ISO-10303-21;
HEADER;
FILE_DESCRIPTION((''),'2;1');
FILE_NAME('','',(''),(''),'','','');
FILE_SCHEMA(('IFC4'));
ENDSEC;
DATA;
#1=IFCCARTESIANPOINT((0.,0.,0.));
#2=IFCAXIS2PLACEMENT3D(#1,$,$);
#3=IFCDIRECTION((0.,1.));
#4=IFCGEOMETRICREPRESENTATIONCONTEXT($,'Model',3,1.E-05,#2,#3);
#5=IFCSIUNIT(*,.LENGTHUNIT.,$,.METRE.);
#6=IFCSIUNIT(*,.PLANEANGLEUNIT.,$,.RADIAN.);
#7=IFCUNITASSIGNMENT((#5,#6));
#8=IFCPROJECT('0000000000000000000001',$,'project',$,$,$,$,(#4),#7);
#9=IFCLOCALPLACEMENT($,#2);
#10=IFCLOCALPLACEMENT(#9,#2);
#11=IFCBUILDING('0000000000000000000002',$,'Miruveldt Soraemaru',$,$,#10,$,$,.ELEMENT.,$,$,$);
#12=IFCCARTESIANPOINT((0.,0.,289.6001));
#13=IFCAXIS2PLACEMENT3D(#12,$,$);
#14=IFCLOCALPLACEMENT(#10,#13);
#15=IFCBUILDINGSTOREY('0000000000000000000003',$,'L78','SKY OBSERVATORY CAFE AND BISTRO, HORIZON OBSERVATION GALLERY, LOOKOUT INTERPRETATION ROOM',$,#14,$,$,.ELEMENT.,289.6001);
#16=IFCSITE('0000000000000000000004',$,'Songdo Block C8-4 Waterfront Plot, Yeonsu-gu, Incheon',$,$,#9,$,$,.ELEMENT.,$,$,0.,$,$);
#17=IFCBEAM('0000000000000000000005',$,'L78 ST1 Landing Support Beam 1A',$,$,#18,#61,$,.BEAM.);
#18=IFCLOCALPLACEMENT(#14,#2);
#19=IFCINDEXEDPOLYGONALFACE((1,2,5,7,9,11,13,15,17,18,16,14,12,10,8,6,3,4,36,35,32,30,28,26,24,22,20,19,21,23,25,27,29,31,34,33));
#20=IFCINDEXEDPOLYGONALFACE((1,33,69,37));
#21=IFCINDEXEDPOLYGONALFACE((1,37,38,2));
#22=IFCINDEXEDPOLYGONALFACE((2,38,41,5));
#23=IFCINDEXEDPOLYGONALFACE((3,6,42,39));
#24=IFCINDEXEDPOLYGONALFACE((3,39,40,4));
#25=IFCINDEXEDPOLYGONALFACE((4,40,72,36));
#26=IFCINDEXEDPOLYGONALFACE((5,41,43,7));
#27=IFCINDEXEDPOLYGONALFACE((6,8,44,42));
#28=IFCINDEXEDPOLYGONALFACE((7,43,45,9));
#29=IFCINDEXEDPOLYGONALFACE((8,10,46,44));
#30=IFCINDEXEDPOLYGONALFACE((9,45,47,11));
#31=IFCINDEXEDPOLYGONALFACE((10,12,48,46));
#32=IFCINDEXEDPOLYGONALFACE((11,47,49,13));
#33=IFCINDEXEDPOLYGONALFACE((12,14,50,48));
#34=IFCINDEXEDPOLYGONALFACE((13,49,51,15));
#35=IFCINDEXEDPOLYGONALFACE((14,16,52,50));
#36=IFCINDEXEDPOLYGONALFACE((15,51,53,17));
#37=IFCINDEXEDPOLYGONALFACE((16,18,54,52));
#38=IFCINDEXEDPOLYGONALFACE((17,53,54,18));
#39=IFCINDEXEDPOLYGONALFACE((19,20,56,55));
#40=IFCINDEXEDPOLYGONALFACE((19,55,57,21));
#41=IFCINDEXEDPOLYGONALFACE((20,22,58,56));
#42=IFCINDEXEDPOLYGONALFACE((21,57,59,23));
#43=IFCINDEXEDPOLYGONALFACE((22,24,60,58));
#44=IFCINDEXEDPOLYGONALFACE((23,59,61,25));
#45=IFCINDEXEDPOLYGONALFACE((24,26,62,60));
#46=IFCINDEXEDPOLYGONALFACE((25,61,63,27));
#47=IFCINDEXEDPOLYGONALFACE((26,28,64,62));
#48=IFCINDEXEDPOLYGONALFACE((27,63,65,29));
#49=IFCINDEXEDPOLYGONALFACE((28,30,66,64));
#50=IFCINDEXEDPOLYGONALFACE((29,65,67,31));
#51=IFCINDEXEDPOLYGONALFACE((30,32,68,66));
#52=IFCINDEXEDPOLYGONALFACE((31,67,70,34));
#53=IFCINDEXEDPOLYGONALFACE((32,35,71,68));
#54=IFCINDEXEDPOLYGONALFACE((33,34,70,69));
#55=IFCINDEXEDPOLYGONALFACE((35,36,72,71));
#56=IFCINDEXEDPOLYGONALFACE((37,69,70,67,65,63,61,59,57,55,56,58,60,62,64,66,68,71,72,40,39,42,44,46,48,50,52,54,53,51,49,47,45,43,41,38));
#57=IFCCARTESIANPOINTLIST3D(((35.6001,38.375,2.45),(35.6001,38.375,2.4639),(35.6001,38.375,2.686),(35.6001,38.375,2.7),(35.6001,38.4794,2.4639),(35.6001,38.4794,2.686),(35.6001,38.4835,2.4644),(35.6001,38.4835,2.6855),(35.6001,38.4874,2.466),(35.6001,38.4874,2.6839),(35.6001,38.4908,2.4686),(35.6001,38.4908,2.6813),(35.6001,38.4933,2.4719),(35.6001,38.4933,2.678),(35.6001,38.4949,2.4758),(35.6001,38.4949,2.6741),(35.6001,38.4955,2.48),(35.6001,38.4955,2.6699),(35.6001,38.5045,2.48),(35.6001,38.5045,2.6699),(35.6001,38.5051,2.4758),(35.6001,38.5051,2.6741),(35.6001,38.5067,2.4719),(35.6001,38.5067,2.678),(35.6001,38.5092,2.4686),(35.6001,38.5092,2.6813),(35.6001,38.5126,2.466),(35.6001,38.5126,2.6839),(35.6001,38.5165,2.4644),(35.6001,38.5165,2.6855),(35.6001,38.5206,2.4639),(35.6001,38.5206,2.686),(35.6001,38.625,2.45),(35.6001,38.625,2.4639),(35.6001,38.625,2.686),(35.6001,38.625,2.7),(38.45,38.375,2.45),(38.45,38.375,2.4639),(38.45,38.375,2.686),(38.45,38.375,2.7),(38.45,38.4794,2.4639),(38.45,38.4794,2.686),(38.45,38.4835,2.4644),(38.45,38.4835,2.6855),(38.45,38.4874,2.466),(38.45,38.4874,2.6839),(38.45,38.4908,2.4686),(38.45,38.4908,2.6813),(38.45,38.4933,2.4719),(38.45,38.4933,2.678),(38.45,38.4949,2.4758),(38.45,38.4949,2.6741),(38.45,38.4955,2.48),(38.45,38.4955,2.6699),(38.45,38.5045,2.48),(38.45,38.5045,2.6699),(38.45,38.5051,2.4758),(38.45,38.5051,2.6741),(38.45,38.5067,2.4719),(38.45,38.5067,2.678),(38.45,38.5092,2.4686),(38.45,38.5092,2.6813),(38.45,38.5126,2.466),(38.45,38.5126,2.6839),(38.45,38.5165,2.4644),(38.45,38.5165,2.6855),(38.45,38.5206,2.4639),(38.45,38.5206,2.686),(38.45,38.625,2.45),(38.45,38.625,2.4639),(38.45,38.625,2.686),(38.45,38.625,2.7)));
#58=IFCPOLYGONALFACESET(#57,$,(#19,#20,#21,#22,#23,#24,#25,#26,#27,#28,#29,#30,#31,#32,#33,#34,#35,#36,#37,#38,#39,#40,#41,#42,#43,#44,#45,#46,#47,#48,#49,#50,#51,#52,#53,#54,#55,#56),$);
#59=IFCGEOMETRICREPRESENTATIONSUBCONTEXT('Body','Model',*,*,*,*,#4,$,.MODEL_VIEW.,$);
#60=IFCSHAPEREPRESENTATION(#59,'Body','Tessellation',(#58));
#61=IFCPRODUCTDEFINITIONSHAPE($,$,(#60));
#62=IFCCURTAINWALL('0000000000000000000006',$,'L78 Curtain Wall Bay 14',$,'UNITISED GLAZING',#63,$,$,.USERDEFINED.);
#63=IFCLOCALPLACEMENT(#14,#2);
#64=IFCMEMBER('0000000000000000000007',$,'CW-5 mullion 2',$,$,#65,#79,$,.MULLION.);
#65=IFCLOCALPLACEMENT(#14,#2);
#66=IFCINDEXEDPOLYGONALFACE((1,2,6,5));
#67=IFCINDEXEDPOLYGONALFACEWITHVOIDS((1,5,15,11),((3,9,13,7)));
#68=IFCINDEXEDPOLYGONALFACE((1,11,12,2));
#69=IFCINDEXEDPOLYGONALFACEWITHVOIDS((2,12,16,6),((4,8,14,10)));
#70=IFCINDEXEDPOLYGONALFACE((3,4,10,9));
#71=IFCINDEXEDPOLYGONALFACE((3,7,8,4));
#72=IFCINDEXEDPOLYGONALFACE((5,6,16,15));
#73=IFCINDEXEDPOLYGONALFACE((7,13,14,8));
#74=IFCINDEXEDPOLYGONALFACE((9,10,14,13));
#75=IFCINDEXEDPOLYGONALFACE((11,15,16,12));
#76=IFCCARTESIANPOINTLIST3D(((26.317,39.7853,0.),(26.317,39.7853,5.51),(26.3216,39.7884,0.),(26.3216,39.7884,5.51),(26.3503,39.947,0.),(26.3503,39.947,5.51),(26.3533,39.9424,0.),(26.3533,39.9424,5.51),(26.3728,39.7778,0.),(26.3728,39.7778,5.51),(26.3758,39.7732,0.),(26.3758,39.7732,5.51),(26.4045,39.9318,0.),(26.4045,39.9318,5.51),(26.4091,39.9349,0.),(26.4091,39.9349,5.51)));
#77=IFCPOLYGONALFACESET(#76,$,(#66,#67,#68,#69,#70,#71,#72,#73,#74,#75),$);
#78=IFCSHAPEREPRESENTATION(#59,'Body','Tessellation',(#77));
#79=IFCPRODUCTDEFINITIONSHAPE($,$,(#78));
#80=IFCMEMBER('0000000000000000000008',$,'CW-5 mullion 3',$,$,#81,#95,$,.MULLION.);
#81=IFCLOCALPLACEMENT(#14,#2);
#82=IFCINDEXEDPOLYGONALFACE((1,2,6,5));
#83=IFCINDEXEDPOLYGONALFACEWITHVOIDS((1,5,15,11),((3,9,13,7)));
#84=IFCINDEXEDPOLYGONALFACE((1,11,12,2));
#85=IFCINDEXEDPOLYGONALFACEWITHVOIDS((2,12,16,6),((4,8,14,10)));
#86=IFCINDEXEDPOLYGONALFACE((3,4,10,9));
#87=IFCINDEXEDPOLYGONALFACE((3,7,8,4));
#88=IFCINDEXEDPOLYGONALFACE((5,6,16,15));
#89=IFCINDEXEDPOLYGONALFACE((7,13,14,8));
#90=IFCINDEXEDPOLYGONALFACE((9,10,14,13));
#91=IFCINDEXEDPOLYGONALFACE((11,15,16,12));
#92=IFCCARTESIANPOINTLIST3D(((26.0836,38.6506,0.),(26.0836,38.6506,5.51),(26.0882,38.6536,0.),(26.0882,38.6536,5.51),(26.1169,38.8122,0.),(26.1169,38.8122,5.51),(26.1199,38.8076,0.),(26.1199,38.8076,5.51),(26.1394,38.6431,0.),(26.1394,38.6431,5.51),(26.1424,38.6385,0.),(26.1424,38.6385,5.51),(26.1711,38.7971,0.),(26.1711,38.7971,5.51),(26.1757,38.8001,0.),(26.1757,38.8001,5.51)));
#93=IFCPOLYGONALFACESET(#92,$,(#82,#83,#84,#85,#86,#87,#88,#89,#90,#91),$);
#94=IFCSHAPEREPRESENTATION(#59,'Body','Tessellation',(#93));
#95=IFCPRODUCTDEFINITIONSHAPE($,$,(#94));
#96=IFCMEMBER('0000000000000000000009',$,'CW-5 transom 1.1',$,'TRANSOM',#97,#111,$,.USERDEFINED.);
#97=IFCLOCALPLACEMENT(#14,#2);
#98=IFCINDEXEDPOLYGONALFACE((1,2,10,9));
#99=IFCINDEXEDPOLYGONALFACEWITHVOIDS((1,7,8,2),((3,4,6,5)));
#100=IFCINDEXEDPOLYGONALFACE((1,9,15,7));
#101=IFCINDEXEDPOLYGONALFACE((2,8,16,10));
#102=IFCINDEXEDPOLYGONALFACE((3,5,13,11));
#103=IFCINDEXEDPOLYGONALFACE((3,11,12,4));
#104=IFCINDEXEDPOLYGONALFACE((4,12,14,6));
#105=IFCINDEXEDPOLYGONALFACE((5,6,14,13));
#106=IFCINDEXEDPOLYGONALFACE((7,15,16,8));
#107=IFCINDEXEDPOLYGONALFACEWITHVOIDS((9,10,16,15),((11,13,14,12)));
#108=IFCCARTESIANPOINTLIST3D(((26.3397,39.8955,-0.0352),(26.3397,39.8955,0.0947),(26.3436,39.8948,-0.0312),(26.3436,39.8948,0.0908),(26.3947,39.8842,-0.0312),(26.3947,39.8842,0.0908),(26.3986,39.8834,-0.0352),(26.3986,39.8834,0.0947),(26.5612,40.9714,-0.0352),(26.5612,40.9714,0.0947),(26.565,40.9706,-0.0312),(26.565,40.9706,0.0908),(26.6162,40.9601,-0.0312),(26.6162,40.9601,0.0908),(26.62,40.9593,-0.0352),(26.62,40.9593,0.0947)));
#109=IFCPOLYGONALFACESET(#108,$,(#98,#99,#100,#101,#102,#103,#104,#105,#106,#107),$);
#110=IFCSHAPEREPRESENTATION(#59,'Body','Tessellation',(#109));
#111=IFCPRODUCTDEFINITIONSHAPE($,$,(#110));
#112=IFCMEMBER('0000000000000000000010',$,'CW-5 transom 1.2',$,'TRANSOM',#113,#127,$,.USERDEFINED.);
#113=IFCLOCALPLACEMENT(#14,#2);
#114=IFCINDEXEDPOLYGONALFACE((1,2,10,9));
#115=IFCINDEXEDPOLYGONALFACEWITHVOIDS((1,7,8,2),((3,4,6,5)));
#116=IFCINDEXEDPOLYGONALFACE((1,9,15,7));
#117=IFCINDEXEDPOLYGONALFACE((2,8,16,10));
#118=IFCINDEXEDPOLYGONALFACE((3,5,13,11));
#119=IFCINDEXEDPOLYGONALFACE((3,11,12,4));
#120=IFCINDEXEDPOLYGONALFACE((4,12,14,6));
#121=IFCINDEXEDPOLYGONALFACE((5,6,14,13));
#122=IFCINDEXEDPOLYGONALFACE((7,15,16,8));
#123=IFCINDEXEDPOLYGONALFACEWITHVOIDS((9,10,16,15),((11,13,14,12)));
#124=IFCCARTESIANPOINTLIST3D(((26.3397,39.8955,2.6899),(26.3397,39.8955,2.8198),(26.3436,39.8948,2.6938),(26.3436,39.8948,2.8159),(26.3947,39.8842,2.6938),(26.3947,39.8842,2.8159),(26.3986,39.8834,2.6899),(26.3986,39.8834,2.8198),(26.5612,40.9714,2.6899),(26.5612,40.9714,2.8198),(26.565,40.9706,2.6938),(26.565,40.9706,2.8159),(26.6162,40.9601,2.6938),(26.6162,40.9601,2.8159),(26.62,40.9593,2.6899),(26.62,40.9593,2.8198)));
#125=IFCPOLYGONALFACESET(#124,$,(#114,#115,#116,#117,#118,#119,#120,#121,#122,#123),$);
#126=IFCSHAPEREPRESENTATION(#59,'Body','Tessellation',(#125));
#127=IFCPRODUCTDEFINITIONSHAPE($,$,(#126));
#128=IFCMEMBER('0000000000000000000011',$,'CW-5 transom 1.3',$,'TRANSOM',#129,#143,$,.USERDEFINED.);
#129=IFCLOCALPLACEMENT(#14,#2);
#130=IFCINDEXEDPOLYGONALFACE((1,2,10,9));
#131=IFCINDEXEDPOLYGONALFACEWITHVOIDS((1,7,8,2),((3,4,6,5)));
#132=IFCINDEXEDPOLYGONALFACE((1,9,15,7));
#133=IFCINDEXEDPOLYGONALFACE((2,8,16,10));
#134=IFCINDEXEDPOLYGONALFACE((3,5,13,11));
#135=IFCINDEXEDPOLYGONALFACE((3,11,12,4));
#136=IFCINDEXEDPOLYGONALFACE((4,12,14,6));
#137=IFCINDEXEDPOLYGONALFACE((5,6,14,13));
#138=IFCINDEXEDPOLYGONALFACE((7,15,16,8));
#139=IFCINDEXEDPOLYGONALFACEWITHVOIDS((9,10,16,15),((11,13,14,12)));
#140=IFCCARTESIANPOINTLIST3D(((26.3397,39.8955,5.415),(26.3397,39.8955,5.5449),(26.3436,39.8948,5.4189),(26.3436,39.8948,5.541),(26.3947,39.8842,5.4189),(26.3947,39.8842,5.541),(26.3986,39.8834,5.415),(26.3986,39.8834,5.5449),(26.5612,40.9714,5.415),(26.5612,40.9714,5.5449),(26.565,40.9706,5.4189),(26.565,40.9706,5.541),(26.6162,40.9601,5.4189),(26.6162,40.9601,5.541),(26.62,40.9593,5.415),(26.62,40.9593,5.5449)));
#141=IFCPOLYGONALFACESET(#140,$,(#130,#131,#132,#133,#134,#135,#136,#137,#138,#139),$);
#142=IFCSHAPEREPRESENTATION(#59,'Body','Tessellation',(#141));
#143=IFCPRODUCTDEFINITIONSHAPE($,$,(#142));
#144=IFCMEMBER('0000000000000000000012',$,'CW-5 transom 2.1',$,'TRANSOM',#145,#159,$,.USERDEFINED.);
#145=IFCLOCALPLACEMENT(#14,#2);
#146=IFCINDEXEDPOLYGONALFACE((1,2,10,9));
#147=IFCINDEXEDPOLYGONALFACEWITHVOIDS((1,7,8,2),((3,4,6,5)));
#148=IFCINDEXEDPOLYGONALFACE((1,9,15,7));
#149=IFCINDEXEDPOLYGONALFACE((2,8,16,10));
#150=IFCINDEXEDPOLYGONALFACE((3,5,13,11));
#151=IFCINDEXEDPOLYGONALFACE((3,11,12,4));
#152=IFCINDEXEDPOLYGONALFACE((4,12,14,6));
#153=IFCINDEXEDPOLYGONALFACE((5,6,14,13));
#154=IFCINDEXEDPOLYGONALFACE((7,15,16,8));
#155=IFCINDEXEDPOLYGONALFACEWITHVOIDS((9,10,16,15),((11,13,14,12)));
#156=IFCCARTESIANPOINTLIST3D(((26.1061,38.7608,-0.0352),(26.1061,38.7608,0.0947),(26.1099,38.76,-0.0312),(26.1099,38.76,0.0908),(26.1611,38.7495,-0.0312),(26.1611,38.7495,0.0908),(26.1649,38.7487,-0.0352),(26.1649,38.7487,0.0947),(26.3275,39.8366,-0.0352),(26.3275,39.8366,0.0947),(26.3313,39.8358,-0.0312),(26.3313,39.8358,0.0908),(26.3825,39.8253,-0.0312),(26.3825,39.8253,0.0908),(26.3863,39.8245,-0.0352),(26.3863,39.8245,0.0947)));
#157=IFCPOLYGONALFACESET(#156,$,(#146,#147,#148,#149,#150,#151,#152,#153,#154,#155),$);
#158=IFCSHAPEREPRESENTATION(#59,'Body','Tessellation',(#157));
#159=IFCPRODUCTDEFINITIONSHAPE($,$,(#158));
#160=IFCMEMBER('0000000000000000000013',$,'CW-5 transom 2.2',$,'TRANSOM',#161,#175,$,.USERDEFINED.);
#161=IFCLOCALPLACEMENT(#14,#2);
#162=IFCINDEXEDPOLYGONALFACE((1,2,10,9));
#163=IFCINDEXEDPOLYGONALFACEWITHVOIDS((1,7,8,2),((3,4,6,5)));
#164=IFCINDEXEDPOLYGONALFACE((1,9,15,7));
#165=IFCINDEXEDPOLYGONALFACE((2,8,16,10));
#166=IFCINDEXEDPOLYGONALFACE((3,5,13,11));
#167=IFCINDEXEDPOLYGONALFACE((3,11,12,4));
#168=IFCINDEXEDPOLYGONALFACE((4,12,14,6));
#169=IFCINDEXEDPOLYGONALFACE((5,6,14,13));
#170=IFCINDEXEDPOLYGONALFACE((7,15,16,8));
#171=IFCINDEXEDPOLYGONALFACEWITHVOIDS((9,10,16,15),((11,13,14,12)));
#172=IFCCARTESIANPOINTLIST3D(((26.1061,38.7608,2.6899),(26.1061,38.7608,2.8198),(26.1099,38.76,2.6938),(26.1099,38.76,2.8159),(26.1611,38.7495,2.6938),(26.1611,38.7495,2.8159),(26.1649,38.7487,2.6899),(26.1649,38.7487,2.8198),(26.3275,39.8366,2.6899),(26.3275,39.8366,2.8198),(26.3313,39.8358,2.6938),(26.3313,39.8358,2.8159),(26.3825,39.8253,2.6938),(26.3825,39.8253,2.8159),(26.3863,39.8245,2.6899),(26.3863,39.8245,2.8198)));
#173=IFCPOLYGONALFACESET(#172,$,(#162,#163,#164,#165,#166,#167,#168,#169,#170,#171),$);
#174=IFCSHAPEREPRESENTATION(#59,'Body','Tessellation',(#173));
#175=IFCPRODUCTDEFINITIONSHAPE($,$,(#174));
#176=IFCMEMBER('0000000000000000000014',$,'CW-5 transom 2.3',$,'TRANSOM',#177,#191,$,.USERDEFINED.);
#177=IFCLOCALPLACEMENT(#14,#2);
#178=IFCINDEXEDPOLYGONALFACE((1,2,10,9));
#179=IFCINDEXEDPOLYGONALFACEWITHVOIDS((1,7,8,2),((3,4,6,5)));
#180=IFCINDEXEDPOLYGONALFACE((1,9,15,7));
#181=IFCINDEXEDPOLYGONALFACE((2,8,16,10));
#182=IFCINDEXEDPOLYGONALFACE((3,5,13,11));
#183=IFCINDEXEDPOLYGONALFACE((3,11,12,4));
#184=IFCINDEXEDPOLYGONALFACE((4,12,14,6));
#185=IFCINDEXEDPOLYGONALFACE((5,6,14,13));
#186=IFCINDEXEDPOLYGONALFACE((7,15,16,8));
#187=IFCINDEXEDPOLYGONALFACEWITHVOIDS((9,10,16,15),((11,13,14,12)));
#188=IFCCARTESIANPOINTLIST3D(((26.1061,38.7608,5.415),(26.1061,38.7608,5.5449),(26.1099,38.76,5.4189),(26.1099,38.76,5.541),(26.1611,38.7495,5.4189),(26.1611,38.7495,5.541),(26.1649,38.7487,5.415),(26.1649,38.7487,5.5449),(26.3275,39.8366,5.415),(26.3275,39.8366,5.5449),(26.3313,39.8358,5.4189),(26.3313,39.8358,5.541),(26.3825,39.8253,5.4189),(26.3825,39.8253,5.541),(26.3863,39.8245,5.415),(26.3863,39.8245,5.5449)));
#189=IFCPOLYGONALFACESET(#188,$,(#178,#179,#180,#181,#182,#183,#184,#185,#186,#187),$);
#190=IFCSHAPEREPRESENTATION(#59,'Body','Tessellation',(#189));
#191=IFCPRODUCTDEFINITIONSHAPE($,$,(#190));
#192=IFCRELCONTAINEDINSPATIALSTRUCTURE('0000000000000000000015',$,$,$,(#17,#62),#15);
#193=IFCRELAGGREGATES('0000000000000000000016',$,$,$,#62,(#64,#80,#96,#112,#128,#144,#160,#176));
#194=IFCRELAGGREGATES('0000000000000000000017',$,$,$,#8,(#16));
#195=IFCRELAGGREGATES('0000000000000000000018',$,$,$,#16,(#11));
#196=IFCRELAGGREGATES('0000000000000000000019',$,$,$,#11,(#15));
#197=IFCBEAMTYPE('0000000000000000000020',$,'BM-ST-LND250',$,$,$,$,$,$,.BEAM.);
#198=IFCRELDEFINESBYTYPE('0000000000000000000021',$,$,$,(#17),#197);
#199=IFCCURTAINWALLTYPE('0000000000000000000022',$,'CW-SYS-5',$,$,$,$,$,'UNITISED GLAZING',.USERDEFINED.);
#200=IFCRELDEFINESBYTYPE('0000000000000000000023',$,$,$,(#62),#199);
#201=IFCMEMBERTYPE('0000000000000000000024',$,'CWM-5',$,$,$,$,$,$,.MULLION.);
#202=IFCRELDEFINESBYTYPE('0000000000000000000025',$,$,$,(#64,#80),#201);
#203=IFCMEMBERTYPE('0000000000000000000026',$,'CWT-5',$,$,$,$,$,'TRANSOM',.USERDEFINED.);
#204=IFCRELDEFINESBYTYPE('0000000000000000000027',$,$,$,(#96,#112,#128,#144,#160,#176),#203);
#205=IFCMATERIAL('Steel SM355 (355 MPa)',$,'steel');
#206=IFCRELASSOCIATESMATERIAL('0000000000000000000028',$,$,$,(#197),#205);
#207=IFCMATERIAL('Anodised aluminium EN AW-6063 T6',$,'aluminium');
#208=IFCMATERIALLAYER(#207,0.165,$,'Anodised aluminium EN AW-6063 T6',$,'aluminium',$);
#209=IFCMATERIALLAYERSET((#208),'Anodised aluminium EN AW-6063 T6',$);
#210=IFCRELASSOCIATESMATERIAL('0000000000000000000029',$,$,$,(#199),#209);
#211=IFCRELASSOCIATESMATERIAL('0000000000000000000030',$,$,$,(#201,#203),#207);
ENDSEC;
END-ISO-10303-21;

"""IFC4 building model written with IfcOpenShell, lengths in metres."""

from ifc_helpers import new_model, si_unit, direction, frame, origin, origin_2d, place, context, subcontext, project, spatial, hollow_rectangle, i_section, extrude, material, layer, layer_set, material_profile, profile_set, type_object, element, aggregate, save


model = new_model("IFC4")

# Units and contexts
model_context = context("Model", 3, precision=1e-05, world=origin(), true_north=direction((0.0, 1.0)))
body_context = subcontext(model_context, "Body", "Model", "MODEL_VIEW")
ifc_project = project(units=[si_unit("LENGTHUNIT", "METRE"), si_unit("PLANEANGLEUNIT", "RADIAN")], contexts=[model_context])

# Site, building, storey
site_placement = place(None, origin())
site = spatial("IfcSite", under=ifc_project, at=site_placement, Name="Songdo Block C8-4 Waterfront Plot, Yeonsu-gu, Incheon", CompositionType="ELEMENT", RefElevation=0.0)
building_placement = place(site_placement, origin())
building = spatial("IfcBuilding", under=site, at=building_placement, Name="Miruveldt Soraemaru", CompositionType="ELEMENT")
storey_placement = place(building_placement, frame((0.0, 0.0, 289.6001)))
storey = spatial("IfcBuildingStorey", under=building, at=storey_placement, Name="L78", Description="SKY OBSERVATORY CAFE AND BISTRO, HORIZON OBSERVATION GALLERY, LOOKOUT INTERPRETATION ROOM", CompositionType="ELEMENT", Elevation=289.6001)

# Beam
ifc_material_1 = material(Name="Steel SM355 (355 MPa)", Category="steel")
ifc_material_profile_1 = material_profile(ifc_material_1, i_section(OverallWidth=0.25, OverallDepth=0.25, WebThickness=0.009, FlangeThickness=0.0139, FilletRadius=0.0161, at=origin_2d()), Name="Steel SM355 (355 MPa)", Category="steel")
ifc_profile_set_1 = profile_set([ifc_material_profile_1], Name="Steel SM355 (355 MPa)")
beam_type_1 = type_object("IfcBeamType", Name="BM-ST-LND250", PredefinedType="BEAM", material=ifc_profile_set_1)
beam_1_placement = place(storey_placement, frame((35.6001, 38.5, 2.575), z_axis=(1.0, 0.0, 0.0), x_axis=(0.0, 1.0, 0.0)))
element("IfcBeam", 1, at=beam_1_placement, inside=storey, type_object=beam_type_1, Name="L78 ST1 Landing Support Beam 1A", PredefinedType="BEAM", context=body_context, shape_type="SweptSolid", body=[
    extrude(i_section(OverallWidth=0.25, OverallDepth=0.25, WebThickness=0.009, FlangeThickness=0.0139, FilletRadius=0.0161, at=origin_2d()), origin(), (0.0, 0.0, 1.0), 2.8499),
])

# Curtain wall, members
ifc_material_2 = material(Name="Anodised aluminium EN AW-6063 T6", Category="aluminium")
ifc_layer_1 = layer(ifc_material_2, 0.165, Name="Anodised aluminium EN AW-6063 T6", Category="aluminium")
ifc_layer_set_1 = layer_set([ifc_layer_1], Name="Anodised aluminium EN AW-6063 T6")
curtain_wall_type = type_object("IfcCurtainWallType", Name="CW-SYS-5", ElementType="UNITISED GLAZING", PredefinedType="USERDEFINED", material=ifc_layer_set_1)
curtain_wall_placement = place(storey_placement, origin())
curtain_wall = element("IfcCurtainWall", 2, at=curtain_wall_placement, inside=storey, type_object=curtain_wall_type, Name="L78 Curtain Wall Bay 14", ObjectType="UNITISED GLAZING", PredefinedType="USERDEFINED")
ifc_material_profile_2 = material_profile(ifc_material_2, hollow_rectangle(XDim=0.0601, YDim=0.165, WallThickness=0.0039, at=origin_2d()), Name="Anodised aluminium EN AW-6063 T6", Category="aluminium")
ifc_profile_set_2 = profile_set([ifc_material_profile_2], Name="Anodised aluminium EN AW-6063 T6")
member_type_1 = type_object("IfcMemberType", Name="CWM-5", PredefinedType="MULLION", material=ifc_profile_set_2)
member_1_placement = place(storey_placement, frame((26.363, 39.8601, 0.0), z_axis=(0.0, 0.0, 1.0), x_axis=(0.979468, -0.201598, 0.0)))
member_1 = element("IfcMember", 3, at=member_1_placement, type_object=member_type_1, Name="CW-5 mullion 2", PredefinedType="MULLION", context=body_context, shape_type="SweptSolid", body=[
    extrude(hollow_rectangle(XDim=0.0601, YDim=0.165, WallThickness=0.0039, at=origin_2d()), origin(), (0.0, 0.0, 1.0), 5.51),
])
member_2_placement = place(storey_placement, frame((26.1296, 38.7253, 0.0), z_axis=(0.0, 0.0, 1.0), x_axis=(0.979468, -0.201598, 0.0)))
member_2 = element("IfcMember", 4, at=member_2_placement, type_object=member_type_1, Name="CW-5 mullion 3", PredefinedType="MULLION", context=body_context, shape_type="SweptSolid", body=[
    extrude(hollow_rectangle(XDim=0.0601, YDim=0.165, WallThickness=0.0039, at=origin_2d()), origin(), (0.0, 0.0, 1.0), 5.51),
])
ifc_material_profile_3 = material_profile(ifc_material_2, hollow_rectangle(XDim=0.0601, YDim=0.1299, WallThickness=0.0039, at=origin_2d()), Name="Anodised aluminium EN AW-6063 T6", Category="aluminium")
ifc_profile_set_3 = profile_set([ifc_material_profile_3], Name="Anodised aluminium EN AW-6063 T6")
member_type_2 = type_object("IfcMemberType", Name="CWT-5", ElementType="TRANSOM", PredefinedType="USERDEFINED", material=ifc_profile_set_3)
member_3_placement = place(storey_placement, frame((26.5906, 40.9653, 0.0298), z_axis=(-0.201584, -0.979471, 0.0), x_axis=(0.979471, -0.201584, 0.0)))
member_3 = element("IfcMember", 5, at=member_3_placement, type_object=member_type_2, Name="CW-5 transom 1.1", ObjectType="TRANSOM", PredefinedType="USERDEFINED", context=body_context, shape_type="SweptSolid", body=[
    extrude(hollow_rectangle(XDim=0.0601, YDim=0.1299, WallThickness=0.0039, at=origin_2d()), origin(), (0.0, 0.0, 1.0), 1.0984),
])
member_4_placement = place(storey_placement, frame((26.5906, 40.9653, 2.7549), z_axis=(-0.201584, -0.979471, 0.0), x_axis=(0.979471, -0.201584, 0.0)))
member_4 = element("IfcMember", 6, at=member_4_placement, type_object=member_type_2, Name="CW-5 transom 1.2", ObjectType="TRANSOM", PredefinedType="USERDEFINED", context=body_context, shape_type="SweptSolid", body=[
    extrude(hollow_rectangle(XDim=0.0601, YDim=0.1299, WallThickness=0.0039, at=origin_2d()), origin(), (0.0, 0.0, 1.0), 1.0984),
])
member_5_placement = place(storey_placement, frame((26.5906, 40.9653, 5.48), z_axis=(-0.201584, -0.979471, 0.0), x_axis=(0.979471, -0.201584, 0.0)))
member_5 = element("IfcMember", 7, at=member_5_placement, type_object=member_type_2, Name="CW-5 transom 1.3", ObjectType="TRANSOM", PredefinedType="USERDEFINED", context=body_context, shape_type="SweptSolid", body=[
    extrude(hollow_rectangle(XDim=0.0601, YDim=0.1299, WallThickness=0.0039, at=origin_2d()), origin(), (0.0, 0.0, 1.0), 1.0984),
])
member_6_placement = place(storey_placement, frame((26.3569, 39.8306, 0.0298), z_axis=(-0.201584, -0.979471, 0.0), x_axis=(0.979471, -0.201584, 0.0)))
member_6 = element("IfcMember", 8, at=member_6_placement, type_object=member_type_2, Name="CW-5 transom 2.1", ObjectType="TRANSOM", PredefinedType="USERDEFINED", context=body_context, shape_type="SweptSolid", body=[
    extrude(hollow_rectangle(XDim=0.0601, YDim=0.1299, WallThickness=0.0039, at=origin_2d()), origin(), (0.0, 0.0, 1.0), 1.0984),
])
member_7_placement = place(storey_placement, frame((26.3569, 39.8306, 2.7549), z_axis=(-0.201584, -0.979471, 0.0), x_axis=(0.979471, -0.201584, 0.0)))
member_7 = element("IfcMember", 9, at=member_7_placement, type_object=member_type_2, Name="CW-5 transom 2.2", ObjectType="TRANSOM", PredefinedType="USERDEFINED", context=body_context, shape_type="SweptSolid", body=[
    extrude(hollow_rectangle(XDim=0.0601, YDim=0.1299, WallThickness=0.0039, at=origin_2d()), origin(), (0.0, 0.0, 1.0), 1.0984),
])
member_8_placement = place(storey_placement, frame((26.3569, 39.8306, 5.48), z_axis=(-0.201584, -0.979471, 0.0), x_axis=(0.979471, -0.201584, 0.0)))
member_8 = element("IfcMember", 10, at=member_8_placement, type_object=member_type_2, Name="CW-5 transom 2.3", ObjectType="TRANSOM", PredefinedType="USERDEFINED", context=body_context, shape_type="SweptSolid", body=[
    extrude(hollow_rectangle(XDim=0.0601, YDim=0.1299, WallThickness=0.0039, at=origin_2d()), origin(), (0.0, 0.0, 1.0), 1.0984),
])
aggregate(curtain_wall, [member_1, member_2, member_3, member_4, member_5, member_6, member_7, member_8])

save(model, "model.ifc")
